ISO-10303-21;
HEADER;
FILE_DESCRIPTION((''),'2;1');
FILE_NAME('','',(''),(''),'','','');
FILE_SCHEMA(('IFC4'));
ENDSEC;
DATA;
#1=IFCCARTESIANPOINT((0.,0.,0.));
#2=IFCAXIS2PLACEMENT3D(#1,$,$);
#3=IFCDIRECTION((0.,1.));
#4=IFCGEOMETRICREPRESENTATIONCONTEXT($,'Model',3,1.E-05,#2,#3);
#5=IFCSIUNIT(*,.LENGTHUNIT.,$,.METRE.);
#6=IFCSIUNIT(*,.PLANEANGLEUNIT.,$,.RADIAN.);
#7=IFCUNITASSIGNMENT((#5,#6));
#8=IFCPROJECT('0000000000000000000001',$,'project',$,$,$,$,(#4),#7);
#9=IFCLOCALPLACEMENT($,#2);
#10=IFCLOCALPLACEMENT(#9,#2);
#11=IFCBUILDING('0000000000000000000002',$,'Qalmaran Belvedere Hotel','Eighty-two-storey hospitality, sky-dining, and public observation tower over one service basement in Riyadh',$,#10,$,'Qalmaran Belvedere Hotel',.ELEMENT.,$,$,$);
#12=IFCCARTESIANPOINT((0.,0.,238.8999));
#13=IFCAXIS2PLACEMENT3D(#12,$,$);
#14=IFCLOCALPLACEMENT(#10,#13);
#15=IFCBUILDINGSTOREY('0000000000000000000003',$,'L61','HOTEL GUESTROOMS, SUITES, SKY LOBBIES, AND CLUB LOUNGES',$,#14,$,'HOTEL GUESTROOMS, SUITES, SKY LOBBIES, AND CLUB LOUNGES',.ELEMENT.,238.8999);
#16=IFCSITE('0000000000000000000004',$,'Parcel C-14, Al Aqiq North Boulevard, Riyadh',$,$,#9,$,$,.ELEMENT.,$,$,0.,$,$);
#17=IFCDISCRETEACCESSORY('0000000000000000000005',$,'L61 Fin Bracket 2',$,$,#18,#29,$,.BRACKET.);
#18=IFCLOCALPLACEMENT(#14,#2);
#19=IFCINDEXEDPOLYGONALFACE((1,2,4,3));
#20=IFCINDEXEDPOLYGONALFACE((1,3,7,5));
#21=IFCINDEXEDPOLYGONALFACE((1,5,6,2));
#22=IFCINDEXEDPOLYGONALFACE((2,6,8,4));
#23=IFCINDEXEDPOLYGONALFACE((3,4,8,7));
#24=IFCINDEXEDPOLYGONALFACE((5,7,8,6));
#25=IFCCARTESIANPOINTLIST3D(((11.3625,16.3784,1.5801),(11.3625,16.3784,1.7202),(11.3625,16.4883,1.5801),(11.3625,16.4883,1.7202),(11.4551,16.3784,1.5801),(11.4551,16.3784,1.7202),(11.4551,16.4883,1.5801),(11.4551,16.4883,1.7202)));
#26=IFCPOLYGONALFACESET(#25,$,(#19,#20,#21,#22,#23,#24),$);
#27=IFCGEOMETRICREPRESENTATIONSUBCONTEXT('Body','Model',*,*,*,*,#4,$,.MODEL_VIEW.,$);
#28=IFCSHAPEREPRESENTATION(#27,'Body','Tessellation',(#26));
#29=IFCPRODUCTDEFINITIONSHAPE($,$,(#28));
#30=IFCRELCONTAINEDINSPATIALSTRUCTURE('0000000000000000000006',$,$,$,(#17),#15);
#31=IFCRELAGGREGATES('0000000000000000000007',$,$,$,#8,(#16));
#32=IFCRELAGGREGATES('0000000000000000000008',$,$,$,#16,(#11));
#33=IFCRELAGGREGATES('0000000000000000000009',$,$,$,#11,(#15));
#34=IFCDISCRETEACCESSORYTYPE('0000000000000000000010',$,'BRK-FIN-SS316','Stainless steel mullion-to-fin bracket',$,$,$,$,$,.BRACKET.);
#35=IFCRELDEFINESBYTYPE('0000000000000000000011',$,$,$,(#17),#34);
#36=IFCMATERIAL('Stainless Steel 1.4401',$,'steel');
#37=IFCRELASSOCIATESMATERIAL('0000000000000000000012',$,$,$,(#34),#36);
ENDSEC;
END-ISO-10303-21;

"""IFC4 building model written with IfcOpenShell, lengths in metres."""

from ifc_helpers import new_model, si_unit, direction, frame, origin, place, context, subcontext, project, spatial, polyline, outline, extrude, material, type_object, element, save


model = new_model("IFC4")

# Units and contexts
model_context = context("Model", 3, precision=1e-05, world=origin(), true_north=direction((0.0, 1.0)))
body_context = subcontext(model_context, "Body", "Model", "MODEL_VIEW")
ifc_project = project(units=[si_unit("LENGTHUNIT", "METRE"), si_unit("PLANEANGLEUNIT", "RADIAN")], contexts=[model_context])

# Site, building, storey
site_placement = place(None, origin())
site = spatial("IfcSite", under=ifc_project, at=site_placement, Name="Parcel C-14, Al Aqiq North Boulevard, Riyadh", CompositionType="ELEMENT", RefElevation=0.0)
building_placement = place(site_placement, origin())
building = spatial("IfcBuilding", under=site, at=building_placement, Name="Qalmaran Belvedere Hotel", Description="Eighty-two-storey hospitality, sky-dining, and public observation tower over one service basement in Riyadh", LongName="Qalmaran Belvedere Hotel", CompositionType="ELEMENT")
storey_placement = place(building_placement, frame((0.0, 0.0, 238.8999)))
storey = spatial("IfcBuildingStorey", under=building, at=storey_placement, Name="L61", Description="HOTEL GUESTROOMS, SUITES, SKY LOBBIES, AND CLUB LOUNGES", LongName="HOTEL GUESTROOMS, SUITES, SKY LOBBIES, AND CLUB LOUNGES", CompositionType="ELEMENT", Elevation=238.8999)

# Discrete accessory
ifc_material_1 = material(Name="Stainless Steel 1.4401", Category="steel")
discrete_accessory_type = type_object("IfcDiscreteAccessoryType", Name="BRK-FIN-SS316", Description="Stainless steel mullion-to-fin bracket", PredefinedType="BRACKET", material=ifc_material_1)
discrete_accessory_1_placement = place(storey_placement, frame((0.0, 0.0, 1.5801)))
element("IfcDiscreteAccessory", 1, at=discrete_accessory_1_placement, inside=storey, type_object=discrete_accessory_type, Name="L61 Fin Bracket 2", PredefinedType="BRACKET", context=body_context, shape_type="SweptSolid", body=[
    extrude(outline(polyline([(11.4551, 16.4883), (11.3625, 16.4883), (11.3625, 16.3784), (11.4551, 16.3784), (11.4551, 16.4883)])), origin(), (0.0, 0.0, 1.0), 0.1401),
])

save(model, "model.ifc")
